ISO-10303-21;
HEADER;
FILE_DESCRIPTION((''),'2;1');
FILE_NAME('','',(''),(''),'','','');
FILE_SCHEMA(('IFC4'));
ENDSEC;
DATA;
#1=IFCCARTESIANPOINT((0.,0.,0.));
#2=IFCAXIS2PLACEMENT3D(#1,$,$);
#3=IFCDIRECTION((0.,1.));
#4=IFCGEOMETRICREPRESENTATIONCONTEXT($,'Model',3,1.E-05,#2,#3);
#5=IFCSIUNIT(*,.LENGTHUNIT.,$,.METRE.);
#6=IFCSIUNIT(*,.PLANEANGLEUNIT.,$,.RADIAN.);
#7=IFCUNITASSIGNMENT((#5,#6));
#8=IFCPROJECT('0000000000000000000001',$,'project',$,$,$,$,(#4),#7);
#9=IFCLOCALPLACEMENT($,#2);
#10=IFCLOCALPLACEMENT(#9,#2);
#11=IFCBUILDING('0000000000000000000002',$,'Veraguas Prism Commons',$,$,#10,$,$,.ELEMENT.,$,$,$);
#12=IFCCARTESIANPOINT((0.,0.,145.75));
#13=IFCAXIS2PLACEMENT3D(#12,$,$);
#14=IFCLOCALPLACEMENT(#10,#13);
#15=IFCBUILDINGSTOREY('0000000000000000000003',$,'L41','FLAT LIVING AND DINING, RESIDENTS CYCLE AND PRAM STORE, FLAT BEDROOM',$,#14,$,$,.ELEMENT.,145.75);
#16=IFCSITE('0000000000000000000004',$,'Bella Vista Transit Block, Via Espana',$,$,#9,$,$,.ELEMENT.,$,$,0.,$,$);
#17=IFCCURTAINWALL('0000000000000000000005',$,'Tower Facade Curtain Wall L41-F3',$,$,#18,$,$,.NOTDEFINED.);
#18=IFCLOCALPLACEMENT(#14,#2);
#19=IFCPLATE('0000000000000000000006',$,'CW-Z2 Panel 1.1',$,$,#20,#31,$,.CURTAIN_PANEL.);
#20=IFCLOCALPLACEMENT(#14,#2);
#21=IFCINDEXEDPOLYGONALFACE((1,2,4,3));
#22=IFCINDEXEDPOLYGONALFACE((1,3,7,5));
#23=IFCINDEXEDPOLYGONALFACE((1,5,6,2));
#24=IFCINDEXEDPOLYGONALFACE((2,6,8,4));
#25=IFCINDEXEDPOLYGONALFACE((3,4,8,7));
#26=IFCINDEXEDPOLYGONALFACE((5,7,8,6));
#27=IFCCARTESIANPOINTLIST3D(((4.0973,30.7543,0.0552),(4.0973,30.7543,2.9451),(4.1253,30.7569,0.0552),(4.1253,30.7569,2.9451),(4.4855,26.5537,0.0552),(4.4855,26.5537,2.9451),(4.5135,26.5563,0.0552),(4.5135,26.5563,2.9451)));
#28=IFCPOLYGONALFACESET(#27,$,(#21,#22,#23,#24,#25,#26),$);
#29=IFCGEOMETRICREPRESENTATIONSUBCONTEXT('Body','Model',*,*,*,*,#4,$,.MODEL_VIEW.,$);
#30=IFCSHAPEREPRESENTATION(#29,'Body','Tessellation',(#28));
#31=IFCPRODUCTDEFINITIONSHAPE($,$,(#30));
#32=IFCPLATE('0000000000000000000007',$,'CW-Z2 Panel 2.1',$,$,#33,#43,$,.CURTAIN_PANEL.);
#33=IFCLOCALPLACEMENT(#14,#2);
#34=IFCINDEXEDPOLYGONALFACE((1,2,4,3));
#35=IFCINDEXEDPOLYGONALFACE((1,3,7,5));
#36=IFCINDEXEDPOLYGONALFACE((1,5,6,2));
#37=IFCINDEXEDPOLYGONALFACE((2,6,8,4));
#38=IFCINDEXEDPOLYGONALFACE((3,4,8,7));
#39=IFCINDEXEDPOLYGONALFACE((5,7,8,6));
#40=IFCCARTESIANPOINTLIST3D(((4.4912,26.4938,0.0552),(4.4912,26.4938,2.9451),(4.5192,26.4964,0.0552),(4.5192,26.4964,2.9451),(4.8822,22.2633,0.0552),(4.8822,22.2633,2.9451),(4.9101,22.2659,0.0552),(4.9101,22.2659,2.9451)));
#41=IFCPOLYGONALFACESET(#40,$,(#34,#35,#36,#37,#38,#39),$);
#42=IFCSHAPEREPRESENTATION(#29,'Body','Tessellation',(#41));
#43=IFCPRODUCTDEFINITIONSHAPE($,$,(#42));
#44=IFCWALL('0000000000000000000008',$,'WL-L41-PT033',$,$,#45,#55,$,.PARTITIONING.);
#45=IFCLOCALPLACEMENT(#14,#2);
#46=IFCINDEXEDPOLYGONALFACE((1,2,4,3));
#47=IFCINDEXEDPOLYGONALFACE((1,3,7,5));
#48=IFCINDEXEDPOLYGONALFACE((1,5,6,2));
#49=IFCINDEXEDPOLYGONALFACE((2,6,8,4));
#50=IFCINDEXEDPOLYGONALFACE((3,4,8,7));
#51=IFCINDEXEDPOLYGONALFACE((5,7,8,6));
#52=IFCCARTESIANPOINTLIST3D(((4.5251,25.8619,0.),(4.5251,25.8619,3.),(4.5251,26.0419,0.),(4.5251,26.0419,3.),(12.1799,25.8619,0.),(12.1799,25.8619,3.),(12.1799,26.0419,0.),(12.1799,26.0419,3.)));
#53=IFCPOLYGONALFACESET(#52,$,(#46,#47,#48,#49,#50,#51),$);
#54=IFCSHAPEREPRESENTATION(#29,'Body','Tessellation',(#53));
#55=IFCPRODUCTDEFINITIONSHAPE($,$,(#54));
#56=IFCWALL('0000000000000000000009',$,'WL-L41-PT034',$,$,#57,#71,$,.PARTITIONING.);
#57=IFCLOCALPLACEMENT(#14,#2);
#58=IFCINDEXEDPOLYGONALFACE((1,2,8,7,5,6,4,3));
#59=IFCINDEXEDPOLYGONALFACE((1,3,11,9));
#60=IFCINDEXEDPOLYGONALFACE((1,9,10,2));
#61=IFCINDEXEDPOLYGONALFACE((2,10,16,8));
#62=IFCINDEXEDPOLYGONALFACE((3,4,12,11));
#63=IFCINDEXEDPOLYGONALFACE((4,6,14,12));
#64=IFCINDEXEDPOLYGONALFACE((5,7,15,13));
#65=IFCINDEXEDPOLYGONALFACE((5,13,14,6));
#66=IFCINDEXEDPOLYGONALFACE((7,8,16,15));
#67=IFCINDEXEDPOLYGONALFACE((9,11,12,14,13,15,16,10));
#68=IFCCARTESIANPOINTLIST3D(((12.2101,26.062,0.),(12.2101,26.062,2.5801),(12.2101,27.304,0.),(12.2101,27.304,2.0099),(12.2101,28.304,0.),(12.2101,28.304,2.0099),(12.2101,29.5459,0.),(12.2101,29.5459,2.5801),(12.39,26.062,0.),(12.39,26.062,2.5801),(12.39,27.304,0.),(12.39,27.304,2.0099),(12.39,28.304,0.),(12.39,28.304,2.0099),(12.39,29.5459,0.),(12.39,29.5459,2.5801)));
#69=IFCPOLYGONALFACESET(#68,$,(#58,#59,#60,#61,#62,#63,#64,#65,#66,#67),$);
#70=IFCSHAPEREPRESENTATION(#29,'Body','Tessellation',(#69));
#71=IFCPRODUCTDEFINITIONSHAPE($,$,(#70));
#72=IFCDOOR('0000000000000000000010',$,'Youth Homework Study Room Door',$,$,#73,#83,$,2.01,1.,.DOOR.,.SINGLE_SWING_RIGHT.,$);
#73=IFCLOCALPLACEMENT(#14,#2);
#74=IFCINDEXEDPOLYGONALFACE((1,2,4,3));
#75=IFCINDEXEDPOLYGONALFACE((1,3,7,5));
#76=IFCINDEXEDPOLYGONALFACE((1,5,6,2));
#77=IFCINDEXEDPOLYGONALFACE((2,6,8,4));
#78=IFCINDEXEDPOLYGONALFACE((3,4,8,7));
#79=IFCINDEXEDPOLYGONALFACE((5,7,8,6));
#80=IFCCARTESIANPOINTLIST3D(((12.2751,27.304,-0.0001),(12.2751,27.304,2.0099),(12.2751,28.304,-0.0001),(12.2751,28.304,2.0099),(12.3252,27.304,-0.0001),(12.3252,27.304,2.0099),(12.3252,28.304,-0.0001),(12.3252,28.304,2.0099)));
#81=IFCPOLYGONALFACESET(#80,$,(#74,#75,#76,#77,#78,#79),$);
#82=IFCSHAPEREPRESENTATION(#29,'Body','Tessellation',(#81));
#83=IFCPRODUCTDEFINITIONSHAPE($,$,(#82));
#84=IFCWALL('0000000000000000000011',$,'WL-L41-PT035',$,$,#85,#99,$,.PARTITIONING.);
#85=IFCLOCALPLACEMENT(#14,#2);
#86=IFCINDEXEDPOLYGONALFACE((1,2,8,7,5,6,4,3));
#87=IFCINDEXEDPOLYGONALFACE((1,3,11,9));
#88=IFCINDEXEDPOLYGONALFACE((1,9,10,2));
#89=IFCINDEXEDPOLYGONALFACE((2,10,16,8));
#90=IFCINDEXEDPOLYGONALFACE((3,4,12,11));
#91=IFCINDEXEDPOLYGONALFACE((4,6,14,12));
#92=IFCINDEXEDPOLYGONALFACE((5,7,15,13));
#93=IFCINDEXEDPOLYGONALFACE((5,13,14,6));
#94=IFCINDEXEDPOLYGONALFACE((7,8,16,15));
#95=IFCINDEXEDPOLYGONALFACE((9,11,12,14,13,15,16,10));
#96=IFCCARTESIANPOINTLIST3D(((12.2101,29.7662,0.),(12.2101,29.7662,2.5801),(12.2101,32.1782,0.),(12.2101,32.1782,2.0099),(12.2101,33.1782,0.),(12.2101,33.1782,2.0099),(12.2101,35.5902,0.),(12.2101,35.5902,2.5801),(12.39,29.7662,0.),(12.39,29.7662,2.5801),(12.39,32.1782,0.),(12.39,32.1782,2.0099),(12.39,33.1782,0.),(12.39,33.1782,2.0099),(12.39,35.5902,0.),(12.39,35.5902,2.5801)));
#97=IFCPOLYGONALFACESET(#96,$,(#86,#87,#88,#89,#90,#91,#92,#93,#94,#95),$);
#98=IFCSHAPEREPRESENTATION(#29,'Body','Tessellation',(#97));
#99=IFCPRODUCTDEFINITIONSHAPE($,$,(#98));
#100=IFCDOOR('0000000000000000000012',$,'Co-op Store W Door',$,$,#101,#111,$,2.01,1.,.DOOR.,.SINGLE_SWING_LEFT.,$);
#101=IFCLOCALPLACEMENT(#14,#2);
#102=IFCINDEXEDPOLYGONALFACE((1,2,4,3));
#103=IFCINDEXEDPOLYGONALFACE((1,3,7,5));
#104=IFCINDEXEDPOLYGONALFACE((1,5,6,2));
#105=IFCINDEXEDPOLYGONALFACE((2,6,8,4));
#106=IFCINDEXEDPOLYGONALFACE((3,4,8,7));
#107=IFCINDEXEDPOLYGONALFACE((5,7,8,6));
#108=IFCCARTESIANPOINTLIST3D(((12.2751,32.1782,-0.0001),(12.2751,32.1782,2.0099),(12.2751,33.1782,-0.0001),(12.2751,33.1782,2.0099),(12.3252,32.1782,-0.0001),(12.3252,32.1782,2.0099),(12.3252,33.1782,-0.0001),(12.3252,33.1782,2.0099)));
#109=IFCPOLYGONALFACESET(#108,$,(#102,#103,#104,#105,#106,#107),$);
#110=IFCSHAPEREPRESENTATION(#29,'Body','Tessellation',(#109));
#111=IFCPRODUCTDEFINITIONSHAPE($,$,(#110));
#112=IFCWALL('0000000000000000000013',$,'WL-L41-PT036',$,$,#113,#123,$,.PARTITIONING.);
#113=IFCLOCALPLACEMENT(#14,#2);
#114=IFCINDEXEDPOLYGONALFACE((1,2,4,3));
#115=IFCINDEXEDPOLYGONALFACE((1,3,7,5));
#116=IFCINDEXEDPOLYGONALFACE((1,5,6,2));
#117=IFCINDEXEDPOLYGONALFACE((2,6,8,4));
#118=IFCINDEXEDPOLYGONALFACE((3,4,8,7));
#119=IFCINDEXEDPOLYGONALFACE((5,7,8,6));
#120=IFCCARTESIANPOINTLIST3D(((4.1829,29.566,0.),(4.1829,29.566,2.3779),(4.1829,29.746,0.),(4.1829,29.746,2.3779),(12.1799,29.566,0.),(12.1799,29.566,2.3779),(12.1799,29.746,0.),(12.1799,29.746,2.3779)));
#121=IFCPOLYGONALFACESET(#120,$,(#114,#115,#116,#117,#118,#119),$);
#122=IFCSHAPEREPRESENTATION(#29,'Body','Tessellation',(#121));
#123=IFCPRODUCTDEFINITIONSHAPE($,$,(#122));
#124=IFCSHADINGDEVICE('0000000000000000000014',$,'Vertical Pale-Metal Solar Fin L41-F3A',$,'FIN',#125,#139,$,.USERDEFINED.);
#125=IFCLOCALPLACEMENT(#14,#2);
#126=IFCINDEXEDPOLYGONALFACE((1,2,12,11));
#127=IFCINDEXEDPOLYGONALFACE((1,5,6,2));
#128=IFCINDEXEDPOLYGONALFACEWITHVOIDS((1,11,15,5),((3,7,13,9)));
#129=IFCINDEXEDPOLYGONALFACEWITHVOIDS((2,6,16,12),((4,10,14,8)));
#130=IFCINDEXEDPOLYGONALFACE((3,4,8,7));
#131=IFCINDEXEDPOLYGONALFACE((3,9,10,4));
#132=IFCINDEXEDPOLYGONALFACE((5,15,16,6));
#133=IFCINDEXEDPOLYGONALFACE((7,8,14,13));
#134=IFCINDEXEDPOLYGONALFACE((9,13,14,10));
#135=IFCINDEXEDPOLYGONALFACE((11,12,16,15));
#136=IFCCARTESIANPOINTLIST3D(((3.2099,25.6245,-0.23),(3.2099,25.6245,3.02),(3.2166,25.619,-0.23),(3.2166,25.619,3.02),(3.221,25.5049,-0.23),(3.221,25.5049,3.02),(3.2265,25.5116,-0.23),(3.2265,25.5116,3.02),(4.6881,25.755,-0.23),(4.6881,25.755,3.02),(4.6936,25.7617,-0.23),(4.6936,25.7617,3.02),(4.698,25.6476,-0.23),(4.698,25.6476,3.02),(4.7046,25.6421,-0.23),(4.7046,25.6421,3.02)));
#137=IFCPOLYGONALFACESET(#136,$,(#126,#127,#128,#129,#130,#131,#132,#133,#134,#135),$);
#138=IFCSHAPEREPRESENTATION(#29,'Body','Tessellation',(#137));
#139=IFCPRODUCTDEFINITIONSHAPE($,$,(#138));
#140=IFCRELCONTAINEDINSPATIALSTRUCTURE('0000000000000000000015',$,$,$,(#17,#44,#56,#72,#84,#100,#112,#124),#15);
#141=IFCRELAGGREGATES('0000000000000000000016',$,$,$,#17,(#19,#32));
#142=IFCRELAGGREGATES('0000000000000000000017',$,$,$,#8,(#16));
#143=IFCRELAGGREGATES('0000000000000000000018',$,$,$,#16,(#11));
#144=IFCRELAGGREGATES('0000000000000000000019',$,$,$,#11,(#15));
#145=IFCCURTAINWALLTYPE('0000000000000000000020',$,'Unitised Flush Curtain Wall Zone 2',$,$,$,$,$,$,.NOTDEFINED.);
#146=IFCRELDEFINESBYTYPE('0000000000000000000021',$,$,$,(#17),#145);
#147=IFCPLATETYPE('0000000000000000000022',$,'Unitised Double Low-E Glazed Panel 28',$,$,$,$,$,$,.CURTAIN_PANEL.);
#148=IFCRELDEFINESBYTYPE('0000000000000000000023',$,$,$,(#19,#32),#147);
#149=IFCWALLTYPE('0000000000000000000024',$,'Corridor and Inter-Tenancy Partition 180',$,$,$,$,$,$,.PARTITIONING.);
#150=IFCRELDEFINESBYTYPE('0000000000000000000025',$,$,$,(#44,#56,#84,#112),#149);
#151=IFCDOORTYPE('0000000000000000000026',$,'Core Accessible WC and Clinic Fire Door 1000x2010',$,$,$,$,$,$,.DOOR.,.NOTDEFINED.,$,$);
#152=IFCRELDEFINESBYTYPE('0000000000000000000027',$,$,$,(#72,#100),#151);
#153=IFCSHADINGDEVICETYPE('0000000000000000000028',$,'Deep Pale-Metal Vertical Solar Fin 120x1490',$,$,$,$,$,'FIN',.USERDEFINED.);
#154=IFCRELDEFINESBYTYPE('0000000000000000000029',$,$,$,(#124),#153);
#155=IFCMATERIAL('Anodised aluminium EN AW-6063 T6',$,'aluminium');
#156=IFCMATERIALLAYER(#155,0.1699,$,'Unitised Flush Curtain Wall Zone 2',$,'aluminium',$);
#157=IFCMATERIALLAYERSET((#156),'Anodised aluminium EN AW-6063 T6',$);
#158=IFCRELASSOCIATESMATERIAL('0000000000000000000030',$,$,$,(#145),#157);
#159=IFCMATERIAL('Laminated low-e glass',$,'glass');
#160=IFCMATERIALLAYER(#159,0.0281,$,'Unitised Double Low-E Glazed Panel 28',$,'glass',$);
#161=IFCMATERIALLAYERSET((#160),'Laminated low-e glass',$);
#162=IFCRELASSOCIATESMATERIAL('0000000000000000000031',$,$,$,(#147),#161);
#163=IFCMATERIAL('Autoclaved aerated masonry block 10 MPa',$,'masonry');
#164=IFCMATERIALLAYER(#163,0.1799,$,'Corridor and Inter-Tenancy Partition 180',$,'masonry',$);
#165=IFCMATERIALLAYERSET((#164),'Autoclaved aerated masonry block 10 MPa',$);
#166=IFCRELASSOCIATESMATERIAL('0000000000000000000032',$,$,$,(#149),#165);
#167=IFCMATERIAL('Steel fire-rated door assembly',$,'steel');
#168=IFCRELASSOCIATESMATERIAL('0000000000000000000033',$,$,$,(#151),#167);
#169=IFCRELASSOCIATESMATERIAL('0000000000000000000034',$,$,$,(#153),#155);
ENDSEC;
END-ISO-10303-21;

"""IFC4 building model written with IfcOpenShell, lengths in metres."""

from ifc_helpers import new_model, si_unit, direction, frame, frame_2d, origin, origin_2d, place, context, subcontext, project, spatial, rectangle, hollow_rectangle, extrude, source, transform, mapped, material, layer, layer_set, material_profile, profile_set, type_object, element, fill, aggregate, save


model = new_model("IFC4")

# Units and contexts
model_context = context("Model", 3, precision=1e-05, world=origin(), true_north=direction((0.0, 1.0)))
body_context = subcontext(model_context, "Body", "Model", "MODEL_VIEW")
ifc_project = project(units=[si_unit("LENGTHUNIT", "METRE"), si_unit("PLANEANGLEUNIT", "RADIAN")], contexts=[model_context])

# Site, building, storey
site_placement = place(None, origin())
site = spatial("IfcSite", under=ifc_project, at=site_placement, Name="Bella Vista Transit Block, Via Espana", CompositionType="ELEMENT", RefElevation=0.0)
building_placement = place(site_placement, origin())
building = spatial("IfcBuilding", under=site, at=building_placement, Name="Veraguas Prism Commons", CompositionType="ELEMENT")
storey_placement = place(building_placement, frame((0.0, 0.0, 145.75)))
storey = spatial("IfcBuildingStorey", under=building, at=storey_placement, Name="L41", Description="FLAT LIVING AND DINING, RESIDENTS CYCLE AND PRAM STORE, FLAT BEDROOM", CompositionType="ELEMENT", Elevation=145.75)

# Curtain wall
ifc_material_1 = material(Name="Anodised aluminium EN AW-6063 T6", Category="aluminium")
ifc_layer_1 = layer(ifc_material_1, 0.1699, Name="Unitised Flush Curtain Wall Zone 2", Category="aluminium")
ifc_layer_set_1 = layer_set([ifc_layer_1], Name="Anodised aluminium EN AW-6063 T6")
curtain_wall_type = type_object("IfcCurtainWallType", Name="Unitised Flush Curtain Wall Zone 2", PredefinedType="NOTDEFINED", material=ifc_layer_set_1)
curtain_wall_1_placement = place(storey_placement, origin())
curtain_wall_1 = element("IfcCurtainWall", 1, at=curtain_wall_1_placement, inside=storey, type_object=curtain_wall_type, Name="Tower Facade Curtain Wall L41-F3", PredefinedType="NOTDEFINED")

# Plates
ifc_material_2 = material(Name="Laminated low-e glass", Category="glass")
ifc_layer_2 = layer(ifc_material_2, 0.0281, Name="Unitised Double Low-E Glazed Panel 28", Category="glass")
ifc_layer_set_2 = layer_set([ifc_layer_2], Name="Laminated low-e glass")
plate_type = type_object("IfcPlateType", Name="Unitised Double Low-E Glazed Panel 28", PredefinedType="CURTAIN_PANEL", material=ifc_layer_set_2)
shared_shape_1 = source(origin(), body_context, "Body", "SweptSolid", [
    extrude(rectangle(XDim=4.2185, YDim=0.0281, at=origin_2d()), origin(), (0.0, 0.0, 1.0), 2.8899),
])
plate_1_placement = place(storey_placement, frame((4.3054, 28.6553, 0.0552), z_axis=(0.0, 0.0, 1.0), x_axis=(0.092025, -0.995757, 0.0)))
plate_1 = element("IfcPlate", 2, at=plate_1_placement, type_object=plate_type, Name="CW-Z2 Panel 1.1", PredefinedType="CURTAIN_PANEL", context=body_context, shape_type="MappedRepresentation", body=[
    mapped(shared_shape_1, transform((0.0, 0.0, 0.0), scale=1.0)),
])
shared_shape_2 = source(origin(), body_context, "Body", "SweptSolid", [
    extrude(rectangle(XDim=4.2485, YDim=0.0281, at=origin_2d()), origin(), (0.0, 0.0, 1.0), 2.8899),
])
plate_2_placement = place(storey_placement, frame((4.7007, 24.3799, 0.0552), z_axis=(0.0, 0.0, 1.0), x_axis=(0.092025, -0.995757, 0.0)))
plate_2 = element("IfcPlate", 3, at=plate_2_placement, type_object=plate_type, Name="CW-Z2 Panel 2.1", PredefinedType="CURTAIN_PANEL", context=body_context, shape_type="MappedRepresentation", body=[
    mapped(shared_shape_2, transform((0.0, 0.0, 0.0), scale=1.0)),
])
aggregate(curtain_wall_1, [plate_1, plate_2])

# Wall
ifc_material_3 = material(Name="Autoclaved aerated masonry block 10 MPa", Category="masonry")
ifc_layer_3 = layer(ifc_material_3, 0.1799, Name="Corridor and Inter-Tenancy Partition 180", Category="masonry")
ifc_layer_set_3 = layer_set([ifc_layer_3], Name="Autoclaved aerated masonry block 10 MPa")
wall_type = type_object("IfcWallType", Name="Corridor and Inter-Tenancy Partition 180", PredefinedType="PARTITIONING", material=ifc_layer_set_3)
wall_1_placement = place(storey_placement, frame((12.1799, 25.9519, 0.0), z_axis=(0.0, 0.0, 1.0), x_axis=(-1.0, 0.0, 0.0)))
element("IfcWall", 4, at=wall_1_placement, inside=storey, type_object=wall_type, Name="WL-L41-PT033", PredefinedType="PARTITIONING", context=body_context, shape_type="SweptSolid", body=[
    extrude(rectangle(XDim=7.6548, YDim=0.1799, at=frame_2d((3.8274, 0.0))), origin(), (0.0, 0.0, 1.0), 3.0),
])

# Walls, openings, doors
wall_2_placement = place(storey_placement, frame((12.3, 26.062, 0.0), z_axis=(0.0, 0.0, 1.0), x_axis=(0.0, 1.0, 0.0)))
wall_2 = element("IfcWall", 5, at=wall_2_placement, inside=storey, type_object=wall_type, Name="WL-L41-PT034", PredefinedType="PARTITIONING", context=body_context, shape_type="SweptSolid", body=[
    extrude(rectangle(XDim=3.4839, YDim=0.1799, at=frame_2d((1.7419, 0.0))), origin(), (0.0, 0.0, 1.0), 2.5801),
])
opening_1_placement = place(wall_2_placement, frame((1.2419, 0.0, 0.0)))
opening_1 = element("IfcOpeningElement", 6, at=opening_1_placement, cuts=wall_2, PredefinedType="OPENING", context=body_context, shape_type="SweptSolid", body=[
    extrude(rectangle(XDim=1.0, YDim=2.01, at=frame_2d((0.5, 1.0049))), frame((0.0, 0.0999, 0.0), z_axis=(0.0, -1.0, 0.0), x_axis=(1.0, 0.0, 0.0)), (0.0, 0.0, 1.0), 0.2),
])
ifc_material_4 = material(Name="Steel fire-rated door assembly", Category="steel")
door_type = type_object("IfcDoorType", Name="Core Accessible WC and Clinic Fire Door 1000x2010", OperationType="NOTDEFINED", PredefinedType="DOOR", material=ifc_material_4)
shared_shape_3 = source(origin(), body_context, "Body", "SweptSolid", [
    extrude(rectangle(XDim=1.0, YDim=2.01, at=frame_2d((0.5, 1.0049))), frame((0.0, 0.0249, 0.0), z_axis=(0.0, -1.0, 0.0), x_axis=(1.0, 0.0, 0.0)), (0.0, 0.0, 1.0), 0.05),
])
door_1_placement = place(opening_1_placement, origin())
door_1 = element("IfcDoor", 7, at=door_1_placement, inside=storey, type_object=door_type, Name="Youth Homework Study Room Door", OperationType="SINGLE_SWING_RIGHT", OverallHeight=2.01, OverallWidth=1.0, PredefinedType="DOOR", context=body_context, shape_type="MappedRepresentation", body=[
    mapped(shared_shape_3, transform((0.0, 0.0, 0.0), scale=1.0)),
])
fill(opening_1, door_1)
wall_3_placement = place(storey_placement, frame((12.3, 29.7661, 0.0), z_axis=(0.0, 0.0, 1.0), x_axis=(0.0, 1.0, 0.0)))
wall_3 = element("IfcWall", 8, at=wall_3_placement, inside=storey, type_object=wall_type, Name="WL-L41-PT035", PredefinedType="PARTITIONING", context=body_context, shape_type="SweptSolid", body=[
    extrude(rectangle(XDim=5.824, YDim=0.1799, at=frame_2d((2.9121, 0.0))), origin(), (0.0, 0.0, 1.0), 2.5801),
])
opening_2_placement = place(wall_3_placement, frame((2.4121, 0.0, 0.0)))
opening_2 = element("IfcOpeningElement", 9, at=opening_2_placement, cuts=wall_3, PredefinedType="OPENING", context=body_context, shape_type="SweptSolid", body=[
    extrude(rectangle(XDim=1.0, YDim=2.01, at=frame_2d((0.5, 1.0049))), frame((0.0, 0.0999, 0.0), z_axis=(0.0, -1.0, 0.0), x_axis=(1.0, 0.0, 0.0)), (0.0, 0.0, 1.0), 0.2),
])
door_2_placement = place(opening_2_placement, origin())
door_2 = element("IfcDoor", 10, at=door_2_placement, inside=storey, type_object=door_type, Name="Co-op Store W Door", OperationType="SINGLE_SWING_LEFT", OverallHeight=2.01, OverallWidth=1.0, PredefinedType="DOOR", context=body_context, shape_type="MappedRepresentation", body=[
    mapped(shared_shape_3, transform((0.0, 0.0, 0.0), scale=1.0)),
])
fill(opening_2, door_2)

# Wall
wall_4_placement = place(storey_placement, frame((12.1799, 29.656, 0.0), z_axis=(0.0, 0.0, 1.0), x_axis=(-1.0, 0.0, 0.0)))
element("IfcWall", 11, at=wall_4_placement, inside=storey, type_object=wall_type, Name="WL-L41-PT036", PredefinedType="PARTITIONING", context=body_context, shape_type="SweptSolid", body=[
    extrude(rectangle(XDim=7.9971, YDim=0.1799, at=frame_2d((3.9985, 0.0))), origin(), (0.0, 0.0, 1.0), 2.3779),
])

# Shading device
ifc_material_profile_1 = material_profile(ifc_material_1, hollow_rectangle(XDim=0.1201, YDim=1.49, WallThickness=0.0061, at=origin_2d()), Name="FIN120X1490X6")
ifc_profile_set_1 = profile_set([ifc_material_profile_1], Name="Anodised aluminium EN AW-6063 T6")
shading_device_type = type_object("IfcShadingDeviceType", Name="Deep Pale-Metal Vertical Solar Fin 120x1490", ElementType="FIN", PredefinedType="USERDEFINED", material=ifc_profile_set_1)
shading_device_placement = place(storey_placement, frame((3.9573, 25.6333, -0.23), z_axis=(0.0, 0.0, 1.0), x_axis=(0.092023, -0.995757, 0.0)))
element("IfcShadingDevice", 12, at=shading_device_placement, inside=storey, type_object=shading_device_type, Name="Vertical Pale-Metal Solar Fin L41-F3A", ObjectType="FIN", PredefinedType="USERDEFINED", context=body_context, shape_type="SweptSolid", body=[
    extrude(hollow_rectangle(XDim=0.1201, YDim=1.49, WallThickness=0.0061, at=origin_2d()), origin(), (0.0, 0.0, 1.0), 3.25),
])

save(model, "model.ifc")
